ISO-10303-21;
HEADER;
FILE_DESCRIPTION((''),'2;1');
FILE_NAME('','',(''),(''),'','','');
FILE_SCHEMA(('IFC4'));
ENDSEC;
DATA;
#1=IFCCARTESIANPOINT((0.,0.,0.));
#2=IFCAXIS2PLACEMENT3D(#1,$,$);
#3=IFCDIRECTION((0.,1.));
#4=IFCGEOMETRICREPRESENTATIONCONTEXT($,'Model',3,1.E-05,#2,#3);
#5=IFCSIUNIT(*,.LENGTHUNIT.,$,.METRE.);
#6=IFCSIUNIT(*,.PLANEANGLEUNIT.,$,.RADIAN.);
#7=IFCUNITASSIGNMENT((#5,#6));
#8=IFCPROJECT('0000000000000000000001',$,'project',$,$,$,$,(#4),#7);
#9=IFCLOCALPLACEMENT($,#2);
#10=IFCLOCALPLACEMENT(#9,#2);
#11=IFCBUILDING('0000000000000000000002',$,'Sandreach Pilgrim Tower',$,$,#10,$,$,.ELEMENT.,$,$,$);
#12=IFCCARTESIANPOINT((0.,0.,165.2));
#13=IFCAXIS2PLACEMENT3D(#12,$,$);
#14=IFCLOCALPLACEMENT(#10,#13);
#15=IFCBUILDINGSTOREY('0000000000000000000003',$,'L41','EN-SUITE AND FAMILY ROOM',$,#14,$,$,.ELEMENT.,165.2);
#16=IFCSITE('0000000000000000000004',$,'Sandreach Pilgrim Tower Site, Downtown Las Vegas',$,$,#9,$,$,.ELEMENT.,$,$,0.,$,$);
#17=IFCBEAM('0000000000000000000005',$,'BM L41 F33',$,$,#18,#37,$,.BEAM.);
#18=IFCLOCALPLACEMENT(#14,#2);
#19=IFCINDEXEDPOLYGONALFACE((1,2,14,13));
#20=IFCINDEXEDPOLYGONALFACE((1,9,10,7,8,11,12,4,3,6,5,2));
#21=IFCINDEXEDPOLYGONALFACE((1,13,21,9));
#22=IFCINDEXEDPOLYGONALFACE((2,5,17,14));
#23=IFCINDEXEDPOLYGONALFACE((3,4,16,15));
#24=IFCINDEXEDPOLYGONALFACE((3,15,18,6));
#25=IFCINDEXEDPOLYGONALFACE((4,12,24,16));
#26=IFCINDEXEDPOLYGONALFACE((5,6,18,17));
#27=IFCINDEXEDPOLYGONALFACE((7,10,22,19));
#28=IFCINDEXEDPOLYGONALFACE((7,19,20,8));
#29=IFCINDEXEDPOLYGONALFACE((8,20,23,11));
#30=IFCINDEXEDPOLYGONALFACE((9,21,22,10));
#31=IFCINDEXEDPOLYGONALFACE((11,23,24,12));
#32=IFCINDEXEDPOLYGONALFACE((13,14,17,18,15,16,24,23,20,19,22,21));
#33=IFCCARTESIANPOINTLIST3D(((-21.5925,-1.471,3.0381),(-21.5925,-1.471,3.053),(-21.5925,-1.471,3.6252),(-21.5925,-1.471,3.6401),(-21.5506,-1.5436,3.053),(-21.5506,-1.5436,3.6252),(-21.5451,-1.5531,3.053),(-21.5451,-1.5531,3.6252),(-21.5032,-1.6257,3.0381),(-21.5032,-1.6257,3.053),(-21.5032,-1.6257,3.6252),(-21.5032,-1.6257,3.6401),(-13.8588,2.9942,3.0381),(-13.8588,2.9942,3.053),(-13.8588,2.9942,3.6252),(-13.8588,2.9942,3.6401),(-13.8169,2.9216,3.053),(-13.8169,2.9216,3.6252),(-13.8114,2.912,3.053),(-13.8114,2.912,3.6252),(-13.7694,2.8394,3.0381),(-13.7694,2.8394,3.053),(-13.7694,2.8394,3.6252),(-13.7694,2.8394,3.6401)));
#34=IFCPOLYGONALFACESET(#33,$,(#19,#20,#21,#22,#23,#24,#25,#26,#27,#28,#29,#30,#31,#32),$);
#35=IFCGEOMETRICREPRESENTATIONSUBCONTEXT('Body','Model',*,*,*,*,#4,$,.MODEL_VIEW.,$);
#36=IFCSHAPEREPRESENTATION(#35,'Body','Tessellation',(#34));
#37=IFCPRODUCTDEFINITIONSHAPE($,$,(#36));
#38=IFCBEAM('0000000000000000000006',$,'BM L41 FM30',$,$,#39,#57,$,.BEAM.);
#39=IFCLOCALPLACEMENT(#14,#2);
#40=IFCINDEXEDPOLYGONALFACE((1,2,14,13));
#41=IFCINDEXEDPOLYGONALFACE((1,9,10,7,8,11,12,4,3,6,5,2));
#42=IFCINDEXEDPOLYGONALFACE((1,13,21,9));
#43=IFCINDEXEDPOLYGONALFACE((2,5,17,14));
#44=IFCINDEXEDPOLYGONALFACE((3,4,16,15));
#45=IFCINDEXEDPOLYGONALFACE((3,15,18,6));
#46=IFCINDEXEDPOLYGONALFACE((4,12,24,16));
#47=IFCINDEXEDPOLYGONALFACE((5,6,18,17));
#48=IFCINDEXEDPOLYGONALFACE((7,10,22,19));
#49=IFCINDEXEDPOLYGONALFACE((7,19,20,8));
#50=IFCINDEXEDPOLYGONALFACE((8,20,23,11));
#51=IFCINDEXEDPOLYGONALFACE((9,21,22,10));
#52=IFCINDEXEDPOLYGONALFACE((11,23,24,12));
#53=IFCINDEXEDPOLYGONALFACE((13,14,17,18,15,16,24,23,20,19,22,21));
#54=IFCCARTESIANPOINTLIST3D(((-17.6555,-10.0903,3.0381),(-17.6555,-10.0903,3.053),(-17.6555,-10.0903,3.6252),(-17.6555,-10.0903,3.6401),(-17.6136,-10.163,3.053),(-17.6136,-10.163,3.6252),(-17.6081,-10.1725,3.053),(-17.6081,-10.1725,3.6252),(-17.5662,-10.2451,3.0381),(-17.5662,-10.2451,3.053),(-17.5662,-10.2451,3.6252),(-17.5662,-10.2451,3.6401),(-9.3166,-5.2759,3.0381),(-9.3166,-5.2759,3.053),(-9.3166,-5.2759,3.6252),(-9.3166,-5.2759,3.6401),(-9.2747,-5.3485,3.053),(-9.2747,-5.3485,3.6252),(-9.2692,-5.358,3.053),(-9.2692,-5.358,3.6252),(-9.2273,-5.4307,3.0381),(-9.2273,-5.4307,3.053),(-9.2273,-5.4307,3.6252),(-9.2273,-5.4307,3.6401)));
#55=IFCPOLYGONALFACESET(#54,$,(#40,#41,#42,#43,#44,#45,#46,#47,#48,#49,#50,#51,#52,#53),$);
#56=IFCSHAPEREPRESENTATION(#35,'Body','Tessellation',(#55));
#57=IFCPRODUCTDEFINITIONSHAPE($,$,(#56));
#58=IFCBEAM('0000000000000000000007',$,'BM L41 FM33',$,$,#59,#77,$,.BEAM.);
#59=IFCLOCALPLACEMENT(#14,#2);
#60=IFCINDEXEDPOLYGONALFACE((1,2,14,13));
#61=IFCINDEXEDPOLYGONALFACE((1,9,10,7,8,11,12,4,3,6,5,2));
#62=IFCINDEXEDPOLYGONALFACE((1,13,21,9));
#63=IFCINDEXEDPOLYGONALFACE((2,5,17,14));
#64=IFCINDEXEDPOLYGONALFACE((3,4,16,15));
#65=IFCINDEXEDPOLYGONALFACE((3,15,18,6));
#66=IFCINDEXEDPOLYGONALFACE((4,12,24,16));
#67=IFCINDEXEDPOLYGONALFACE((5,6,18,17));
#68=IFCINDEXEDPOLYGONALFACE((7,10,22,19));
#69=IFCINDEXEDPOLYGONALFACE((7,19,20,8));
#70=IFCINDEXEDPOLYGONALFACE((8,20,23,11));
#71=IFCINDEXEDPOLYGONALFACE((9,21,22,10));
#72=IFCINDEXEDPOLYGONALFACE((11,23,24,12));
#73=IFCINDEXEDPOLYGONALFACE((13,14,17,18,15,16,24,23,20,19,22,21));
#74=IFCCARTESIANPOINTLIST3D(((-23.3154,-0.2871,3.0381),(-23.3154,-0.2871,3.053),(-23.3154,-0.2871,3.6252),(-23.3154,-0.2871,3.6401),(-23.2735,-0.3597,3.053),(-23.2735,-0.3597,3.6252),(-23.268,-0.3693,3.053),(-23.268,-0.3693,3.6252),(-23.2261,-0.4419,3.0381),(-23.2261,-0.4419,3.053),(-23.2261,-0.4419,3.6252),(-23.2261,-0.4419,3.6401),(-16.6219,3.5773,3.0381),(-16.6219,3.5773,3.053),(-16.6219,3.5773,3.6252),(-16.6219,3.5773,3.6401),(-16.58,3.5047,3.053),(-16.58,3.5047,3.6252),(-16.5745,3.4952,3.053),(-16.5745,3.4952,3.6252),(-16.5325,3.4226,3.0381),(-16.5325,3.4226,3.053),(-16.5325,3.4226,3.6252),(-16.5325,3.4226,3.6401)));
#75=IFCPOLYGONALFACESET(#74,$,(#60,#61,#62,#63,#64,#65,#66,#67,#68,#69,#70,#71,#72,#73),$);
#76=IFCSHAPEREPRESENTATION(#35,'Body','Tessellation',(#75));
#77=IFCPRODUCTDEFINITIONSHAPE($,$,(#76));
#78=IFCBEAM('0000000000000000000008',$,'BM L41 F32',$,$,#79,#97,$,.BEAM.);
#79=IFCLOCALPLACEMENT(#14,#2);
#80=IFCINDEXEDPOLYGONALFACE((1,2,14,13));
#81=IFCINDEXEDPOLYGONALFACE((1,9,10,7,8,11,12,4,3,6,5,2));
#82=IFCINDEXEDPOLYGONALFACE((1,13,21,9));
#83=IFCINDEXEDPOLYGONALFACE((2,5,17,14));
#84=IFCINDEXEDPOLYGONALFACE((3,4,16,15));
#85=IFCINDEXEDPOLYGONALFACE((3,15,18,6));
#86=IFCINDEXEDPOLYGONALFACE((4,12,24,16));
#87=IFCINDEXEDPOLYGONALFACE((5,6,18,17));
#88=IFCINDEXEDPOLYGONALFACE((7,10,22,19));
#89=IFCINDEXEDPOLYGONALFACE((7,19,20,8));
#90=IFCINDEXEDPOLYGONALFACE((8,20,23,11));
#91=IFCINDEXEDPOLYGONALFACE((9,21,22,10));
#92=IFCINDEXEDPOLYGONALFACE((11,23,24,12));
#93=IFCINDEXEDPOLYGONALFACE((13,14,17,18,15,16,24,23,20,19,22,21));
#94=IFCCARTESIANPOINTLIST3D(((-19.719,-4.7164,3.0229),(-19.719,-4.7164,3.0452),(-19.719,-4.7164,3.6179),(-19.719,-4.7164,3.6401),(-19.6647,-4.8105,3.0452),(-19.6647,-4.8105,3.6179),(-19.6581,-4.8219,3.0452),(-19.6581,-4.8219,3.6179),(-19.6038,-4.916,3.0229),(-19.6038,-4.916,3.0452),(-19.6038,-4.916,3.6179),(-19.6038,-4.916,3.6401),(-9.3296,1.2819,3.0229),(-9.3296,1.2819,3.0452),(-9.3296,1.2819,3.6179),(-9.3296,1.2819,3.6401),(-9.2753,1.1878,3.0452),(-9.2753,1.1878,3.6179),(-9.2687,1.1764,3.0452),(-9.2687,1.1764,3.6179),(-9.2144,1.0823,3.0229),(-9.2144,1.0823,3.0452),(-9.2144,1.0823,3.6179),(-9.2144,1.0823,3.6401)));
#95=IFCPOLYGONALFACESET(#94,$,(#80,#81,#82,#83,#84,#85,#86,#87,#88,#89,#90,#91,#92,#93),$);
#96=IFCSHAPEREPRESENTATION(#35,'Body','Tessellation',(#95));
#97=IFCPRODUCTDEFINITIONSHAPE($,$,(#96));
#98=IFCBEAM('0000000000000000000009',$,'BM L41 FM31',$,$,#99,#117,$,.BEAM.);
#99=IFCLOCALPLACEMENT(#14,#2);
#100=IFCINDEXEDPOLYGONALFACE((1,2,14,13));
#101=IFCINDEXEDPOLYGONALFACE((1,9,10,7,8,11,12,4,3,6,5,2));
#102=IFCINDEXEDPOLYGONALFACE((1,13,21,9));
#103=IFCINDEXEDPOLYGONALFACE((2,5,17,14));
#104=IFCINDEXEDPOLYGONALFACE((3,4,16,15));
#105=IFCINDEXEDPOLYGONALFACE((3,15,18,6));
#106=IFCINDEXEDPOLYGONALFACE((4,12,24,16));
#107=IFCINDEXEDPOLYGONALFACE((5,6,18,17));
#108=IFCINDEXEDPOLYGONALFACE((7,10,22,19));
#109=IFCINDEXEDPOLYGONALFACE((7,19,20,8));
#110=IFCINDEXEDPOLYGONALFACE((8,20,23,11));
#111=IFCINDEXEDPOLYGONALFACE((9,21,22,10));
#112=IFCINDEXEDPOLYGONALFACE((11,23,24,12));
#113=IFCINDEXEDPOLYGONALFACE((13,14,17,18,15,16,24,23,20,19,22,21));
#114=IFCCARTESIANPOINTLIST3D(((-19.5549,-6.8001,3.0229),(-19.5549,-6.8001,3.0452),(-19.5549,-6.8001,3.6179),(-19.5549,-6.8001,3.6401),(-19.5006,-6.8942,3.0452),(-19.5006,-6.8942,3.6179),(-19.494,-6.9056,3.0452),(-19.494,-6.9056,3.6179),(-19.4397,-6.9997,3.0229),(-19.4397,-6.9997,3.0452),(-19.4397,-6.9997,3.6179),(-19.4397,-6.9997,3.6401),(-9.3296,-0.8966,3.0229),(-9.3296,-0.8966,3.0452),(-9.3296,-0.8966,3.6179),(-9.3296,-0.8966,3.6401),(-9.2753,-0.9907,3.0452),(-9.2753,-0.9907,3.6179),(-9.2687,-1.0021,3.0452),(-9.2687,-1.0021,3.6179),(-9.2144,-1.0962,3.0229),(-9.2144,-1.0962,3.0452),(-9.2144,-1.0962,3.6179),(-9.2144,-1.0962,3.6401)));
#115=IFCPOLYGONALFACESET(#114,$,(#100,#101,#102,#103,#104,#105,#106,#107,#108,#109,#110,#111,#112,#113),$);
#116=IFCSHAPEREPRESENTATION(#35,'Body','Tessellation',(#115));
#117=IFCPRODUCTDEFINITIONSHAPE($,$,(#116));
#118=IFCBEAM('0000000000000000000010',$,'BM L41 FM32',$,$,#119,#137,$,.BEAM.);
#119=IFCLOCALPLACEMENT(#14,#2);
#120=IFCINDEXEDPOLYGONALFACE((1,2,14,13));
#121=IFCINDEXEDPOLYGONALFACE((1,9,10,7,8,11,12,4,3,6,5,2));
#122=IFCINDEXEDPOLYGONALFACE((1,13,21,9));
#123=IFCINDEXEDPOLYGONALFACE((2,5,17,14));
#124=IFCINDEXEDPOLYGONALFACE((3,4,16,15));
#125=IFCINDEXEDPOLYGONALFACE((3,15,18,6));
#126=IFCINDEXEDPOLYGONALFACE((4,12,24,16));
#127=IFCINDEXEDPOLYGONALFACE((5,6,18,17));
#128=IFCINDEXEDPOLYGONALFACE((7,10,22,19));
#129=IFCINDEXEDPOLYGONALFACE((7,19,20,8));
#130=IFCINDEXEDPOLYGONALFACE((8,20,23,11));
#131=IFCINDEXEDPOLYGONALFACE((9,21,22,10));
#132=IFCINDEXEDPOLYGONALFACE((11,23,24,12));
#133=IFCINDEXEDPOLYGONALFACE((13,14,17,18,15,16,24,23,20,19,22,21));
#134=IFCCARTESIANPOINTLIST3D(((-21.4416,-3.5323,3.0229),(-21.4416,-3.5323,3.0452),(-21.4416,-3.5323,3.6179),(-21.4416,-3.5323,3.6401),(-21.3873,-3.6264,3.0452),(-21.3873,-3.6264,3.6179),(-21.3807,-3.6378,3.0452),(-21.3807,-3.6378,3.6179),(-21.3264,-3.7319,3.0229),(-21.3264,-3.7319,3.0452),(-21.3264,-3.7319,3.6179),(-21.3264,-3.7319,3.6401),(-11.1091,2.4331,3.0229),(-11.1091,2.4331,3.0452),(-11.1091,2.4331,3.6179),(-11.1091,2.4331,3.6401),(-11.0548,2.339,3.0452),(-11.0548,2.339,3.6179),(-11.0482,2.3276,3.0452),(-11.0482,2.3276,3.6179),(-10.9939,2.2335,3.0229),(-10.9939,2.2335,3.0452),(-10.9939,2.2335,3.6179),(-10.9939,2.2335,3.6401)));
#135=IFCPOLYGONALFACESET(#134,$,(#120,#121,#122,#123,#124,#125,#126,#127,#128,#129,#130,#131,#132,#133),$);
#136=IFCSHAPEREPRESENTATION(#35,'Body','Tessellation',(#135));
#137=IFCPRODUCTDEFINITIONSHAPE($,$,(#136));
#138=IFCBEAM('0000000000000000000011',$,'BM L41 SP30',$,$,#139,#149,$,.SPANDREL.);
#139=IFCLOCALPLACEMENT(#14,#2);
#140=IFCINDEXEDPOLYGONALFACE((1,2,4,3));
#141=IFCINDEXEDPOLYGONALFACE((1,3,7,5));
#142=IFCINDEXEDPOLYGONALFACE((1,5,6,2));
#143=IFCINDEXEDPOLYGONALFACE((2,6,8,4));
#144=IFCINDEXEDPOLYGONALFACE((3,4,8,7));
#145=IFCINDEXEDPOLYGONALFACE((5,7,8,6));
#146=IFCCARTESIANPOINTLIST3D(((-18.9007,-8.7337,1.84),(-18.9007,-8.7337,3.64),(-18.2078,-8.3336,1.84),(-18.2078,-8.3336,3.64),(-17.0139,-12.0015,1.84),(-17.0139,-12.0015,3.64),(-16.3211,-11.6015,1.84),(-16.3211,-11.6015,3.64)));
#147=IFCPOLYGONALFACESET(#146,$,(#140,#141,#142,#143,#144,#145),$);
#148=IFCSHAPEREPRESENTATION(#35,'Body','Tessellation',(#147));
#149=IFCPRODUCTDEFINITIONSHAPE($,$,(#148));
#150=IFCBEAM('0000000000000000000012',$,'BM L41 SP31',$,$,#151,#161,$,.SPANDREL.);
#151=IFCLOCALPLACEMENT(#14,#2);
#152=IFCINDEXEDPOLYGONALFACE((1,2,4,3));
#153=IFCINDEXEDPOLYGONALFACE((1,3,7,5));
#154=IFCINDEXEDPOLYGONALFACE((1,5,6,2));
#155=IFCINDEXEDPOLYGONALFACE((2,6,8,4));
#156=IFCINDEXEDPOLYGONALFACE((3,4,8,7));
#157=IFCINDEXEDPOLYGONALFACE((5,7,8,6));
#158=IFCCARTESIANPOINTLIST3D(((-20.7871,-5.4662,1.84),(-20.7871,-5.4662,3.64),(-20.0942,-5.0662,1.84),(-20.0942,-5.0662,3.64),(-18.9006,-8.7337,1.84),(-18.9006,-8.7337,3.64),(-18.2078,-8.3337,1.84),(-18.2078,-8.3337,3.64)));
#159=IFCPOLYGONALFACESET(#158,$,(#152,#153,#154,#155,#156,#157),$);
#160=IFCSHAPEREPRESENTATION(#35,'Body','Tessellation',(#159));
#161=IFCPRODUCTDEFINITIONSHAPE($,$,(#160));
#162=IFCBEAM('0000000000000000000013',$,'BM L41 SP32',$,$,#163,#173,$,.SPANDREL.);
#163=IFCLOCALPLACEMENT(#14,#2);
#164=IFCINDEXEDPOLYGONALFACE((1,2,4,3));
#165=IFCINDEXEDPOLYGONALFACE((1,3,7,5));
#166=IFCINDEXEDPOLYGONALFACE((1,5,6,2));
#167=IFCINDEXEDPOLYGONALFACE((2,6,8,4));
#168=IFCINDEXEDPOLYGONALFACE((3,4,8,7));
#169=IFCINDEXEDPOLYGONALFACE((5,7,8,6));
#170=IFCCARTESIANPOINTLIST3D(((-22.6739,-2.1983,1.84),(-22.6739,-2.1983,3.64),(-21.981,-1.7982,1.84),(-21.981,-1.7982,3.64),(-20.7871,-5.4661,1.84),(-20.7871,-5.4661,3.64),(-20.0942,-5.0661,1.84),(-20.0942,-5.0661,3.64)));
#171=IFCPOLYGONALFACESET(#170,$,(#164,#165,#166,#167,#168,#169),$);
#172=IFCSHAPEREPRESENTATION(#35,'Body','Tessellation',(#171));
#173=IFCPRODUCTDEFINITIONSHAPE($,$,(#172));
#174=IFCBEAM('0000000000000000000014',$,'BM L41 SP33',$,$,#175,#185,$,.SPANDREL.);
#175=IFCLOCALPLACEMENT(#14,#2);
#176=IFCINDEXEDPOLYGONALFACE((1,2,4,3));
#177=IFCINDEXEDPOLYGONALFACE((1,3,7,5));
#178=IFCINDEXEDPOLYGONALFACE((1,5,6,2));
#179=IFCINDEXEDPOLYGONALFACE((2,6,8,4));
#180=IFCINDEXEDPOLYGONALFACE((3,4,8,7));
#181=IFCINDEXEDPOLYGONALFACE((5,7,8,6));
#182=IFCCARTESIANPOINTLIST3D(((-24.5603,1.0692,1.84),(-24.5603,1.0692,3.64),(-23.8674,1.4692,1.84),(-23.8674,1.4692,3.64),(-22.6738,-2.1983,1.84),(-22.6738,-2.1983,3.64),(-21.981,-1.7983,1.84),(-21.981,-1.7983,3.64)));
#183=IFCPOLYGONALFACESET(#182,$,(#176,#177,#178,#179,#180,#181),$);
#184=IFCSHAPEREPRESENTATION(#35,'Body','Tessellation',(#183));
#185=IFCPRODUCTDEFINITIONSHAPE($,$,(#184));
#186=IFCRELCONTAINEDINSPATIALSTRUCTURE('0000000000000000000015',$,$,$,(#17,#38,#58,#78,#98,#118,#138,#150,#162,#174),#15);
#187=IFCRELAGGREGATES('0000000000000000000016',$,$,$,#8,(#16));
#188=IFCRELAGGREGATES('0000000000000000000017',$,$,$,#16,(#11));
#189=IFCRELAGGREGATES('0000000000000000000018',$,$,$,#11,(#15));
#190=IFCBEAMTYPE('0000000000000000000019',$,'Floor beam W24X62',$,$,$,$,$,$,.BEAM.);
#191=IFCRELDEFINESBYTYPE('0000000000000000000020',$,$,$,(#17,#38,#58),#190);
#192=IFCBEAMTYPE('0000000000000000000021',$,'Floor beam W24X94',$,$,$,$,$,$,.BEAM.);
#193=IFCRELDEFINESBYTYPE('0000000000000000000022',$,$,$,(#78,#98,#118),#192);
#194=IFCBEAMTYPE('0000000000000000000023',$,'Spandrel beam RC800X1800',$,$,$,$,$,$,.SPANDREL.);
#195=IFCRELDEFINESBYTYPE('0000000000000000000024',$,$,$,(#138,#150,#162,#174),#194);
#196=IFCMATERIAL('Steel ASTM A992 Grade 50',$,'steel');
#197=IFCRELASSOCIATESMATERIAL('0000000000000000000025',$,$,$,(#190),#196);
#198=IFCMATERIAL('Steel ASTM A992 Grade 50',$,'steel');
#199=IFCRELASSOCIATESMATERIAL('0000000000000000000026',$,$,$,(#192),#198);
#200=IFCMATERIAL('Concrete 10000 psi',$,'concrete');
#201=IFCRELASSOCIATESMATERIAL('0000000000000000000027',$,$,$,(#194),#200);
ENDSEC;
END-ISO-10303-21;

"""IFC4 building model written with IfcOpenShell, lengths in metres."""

from ifc_helpers import new_model, si_unit, direction, frame, origin, origin_2d, place, context, subcontext, project, spatial, rectangle, i_section, extrude, material, material_profile, profile_set, type_object, element, save


model = new_model("IFC4")

# Units and contexts
model_context = context("Model", 3, precision=1e-05, world=origin(), true_north=direction((0.0, 1.0)))
body_context = subcontext(model_context, "Body", "Model", "MODEL_VIEW")
ifc_project = project(units=[si_unit("LENGTHUNIT", "METRE"), si_unit("PLANEANGLEUNIT", "RADIAN")], contexts=[model_context])

# Site, building, storey
site_placement = place(None, origin())
site = spatial("IfcSite", under=ifc_project, at=site_placement, Name="Sandreach Pilgrim Tower Site, Downtown Las Vegas", CompositionType="ELEMENT", RefElevation=0.0)
building_placement = place(site_placement, origin())
building = spatial("IfcBuilding", under=site, at=building_placement, Name="Sandreach Pilgrim Tower", CompositionType="ELEMENT")
storey_placement = place(building_placement, frame((0.0, 0.0, 165.2)))
storey = spatial("IfcBuildingStorey", under=building, at=storey_placement, Name="L41", Description="EN-SUITE AND FAMILY ROOM", CompositionType="ELEMENT", Elevation=165.2)

# Beams
ifc_material_1 = material(Name="Steel ASTM A992 Grade 50", Category="steel")
ifc_material_profile_1 = material_profile(ifc_material_1, i_section(OverallWidth=0.1787, OverallDepth=0.6021, WebThickness=0.011, FlangeThickness=0.0149, at=origin_2d()), Name="W24X62")
ifc_profile_set_1 = profile_set([ifc_material_profile_1], Name="Steel ASTM A992 Grade 50")
beam_type_1 = type_object("IfcBeamType", Name="Floor beam W24X62", PredefinedType="BEAM", material=ifc_profile_set_1)
beam_1_placement = place(storey_placement, frame((-21.5479, -1.5483, 3.3391), z_axis=(0.866022, 0.500006, 0.0), x_axis=(-0.500006, 0.866022, 0.0)))
element("IfcBeam", 1, at=beam_1_placement, inside=storey, type_object=beam_type_1, Name="BM L41 F33", PredefinedType="BEAM", context=body_context, shape_type="SweptSolid", body=[
    extrude(i_section(OverallWidth=0.1787, OverallDepth=0.6021, WebThickness=0.011, FlangeThickness=0.0149, at=origin_2d()), origin(), (0.0, 0.0, 1.0), 8.9302),
])
beam_2_placement = place(storey_placement, frame((-17.6108, -10.1677, 3.3391), z_axis=(0.866025, 0.5, 0.0), x_axis=(-0.5, 0.866025, 0.0)))
element("IfcBeam", 2, at=beam_2_placement, inside=storey, type_object=beam_type_1, Name="BM L41 FM30", PredefinedType="BEAM", context=body_context, shape_type="SweptSolid", body=[
    extrude(i_section(OverallWidth=0.1787, OverallDepth=0.6021, WebThickness=0.011, FlangeThickness=0.0149, at=origin_2d()), origin(), (0.0, 0.0, 1.0), 9.6289),
])
beam_3_placement = place(storey_placement, frame((-23.2708, -0.3645, 3.3391), z_axis=(0.866028, 0.499995, 0.0), x_axis=(-0.499995, 0.866028, 0.0)))
element("IfcBeam", 3, at=beam_3_placement, inside=storey, type_object=beam_type_1, Name="BM L41 FM33", PredefinedType="BEAM", context=body_context, shape_type="SweptSolid", body=[
    extrude(i_section(OverallWidth=0.1787, OverallDepth=0.6021, WebThickness=0.011, FlangeThickness=0.0149, at=origin_2d()), origin(), (0.0, 0.0, 1.0), 7.729),
])
ifc_material_2 = material(Name="Steel ASTM A992 Grade 50", Category="steel")
ifc_material_profile_2 = material_profile(ifc_material_2, i_section(OverallWidth=0.2305, OverallDepth=0.6172, WebThickness=0.0132, FlangeThickness=0.0222, at=origin_2d()), Name="W24X94")
ifc_profile_set_2 = profile_set([ifc_material_profile_2], Name="Steel ASTM A992 Grade 50")
beam_type_2 = type_object("IfcBeamType", Name="Floor beam W24X94", PredefinedType="BEAM", material=ifc_profile_set_2)
beam_4_placement = place(storey_placement, frame((-19.6614, -4.8162, 3.3315), z_axis=(0.866027, 0.499998, 0.0), x_axis=(-0.499998, 0.866027, 0.0)))
element("IfcBeam", 4, at=beam_4_placement, inside=storey, type_object=beam_type_2, Name="BM L41 F32", PredefinedType="BEAM", context=body_context, shape_type="SweptSolid", body=[
    extrude(i_section(OverallWidth=0.2305, OverallDepth=0.6172, WebThickness=0.0132, FlangeThickness=0.0222, at=origin_2d()), origin(), (0.0, 0.0, 1.0), 11.9966),
])
beam_5_placement = place(storey_placement, frame((-19.4973, -6.8999, 3.3315), z_axis=(0.866027, 0.499997, 0.0), x_axis=(-0.499997, 0.866027, 0.0)))
element("IfcBeam", 5, at=beam_5_placement, inside=storey, type_object=beam_type_2, Name="BM L41 FM31", PredefinedType="BEAM", context=body_context, shape_type="SweptSolid", body=[
    extrude(i_section(OverallWidth=0.2305, OverallDepth=0.6172, WebThickness=0.0132, FlangeThickness=0.0222, at=origin_2d()), origin(), (0.0, 0.0, 1.0), 11.8071),
])
beam_6_placement = place(storey_placement, frame((-21.384, -3.6321, 3.3315), z_axis=(0.866031, 0.499991, 0.0), x_axis=(-0.499991, 0.866031, 0.0)))
element("IfcBeam", 6, at=beam_6_placement, inside=storey, type_object=beam_type_2, Name="BM L41 FM32", PredefinedType="BEAM", context=body_context, shape_type="SweptSolid", body=[
    extrude(i_section(OverallWidth=0.2305, OverallDepth=0.6172, WebThickness=0.0132, FlangeThickness=0.0222, at=origin_2d()), origin(), (0.0, 0.0, 1.0), 11.9309),
])
ifc_material_3 = material(Name="Concrete 10000 psi", Category="concrete")
ifc_material_profile_3 = material_profile(ifc_material_3, rectangle(XDim=0.8, YDim=1.8, at=origin_2d()), Name="RC800X1800")
ifc_profile_set_3 = profile_set([ifc_material_profile_3], Name="Concrete 10000 psi")
beam_type_3 = type_object("IfcBeamType", Name="Spandrel beam RC800X1800", PredefinedType="SPANDREL", material=ifc_profile_set_3)
beam_7_placement = place(storey_placement, frame((-16.6675, -11.8015, 2.74), z_axis=(-0.500008, 0.866021, 0.0), x_axis=(-0.866021, -0.500008, 0.0)))
element("IfcBeam", 7, at=beam_7_placement, inside=storey, type_object=beam_type_3, Name="BM L41 SP30", PredefinedType="SPANDREL", context=body_context, shape_type="SweptSolid", body=[
    extrude(rectangle(XDim=0.8, YDim=1.8, at=origin_2d()), origin(), (0.0, 0.0, 1.0), 3.7734),
])
beam_8_placement = place(storey_placement, frame((-18.5542, -8.5337, 2.74), z_axis=(-0.499988, 0.866033, 0.0), x_axis=(-0.866033, -0.499988, 0.0)))
element("IfcBeam", 8, at=beam_8_placement, inside=storey, type_object=beam_type_3, Name="BM L41 SP31", PredefinedType="SPANDREL", context=body_context, shape_type="SweptSolid", body=[
    extrude(rectangle(XDim=0.8, YDim=1.8, at=origin_2d()), origin(), (0.0, 0.0, 1.0), 3.7729),
])
beam_9_placement = place(storey_placement, frame((-20.4407, -5.2661, 2.74), z_axis=(-0.500008, 0.866021, 0.0), x_axis=(-0.866021, -0.500008, 0.0)))
element("IfcBeam", 9, at=beam_9_placement, inside=storey, type_object=beam_type_3, Name="BM L41 SP32", PredefinedType="SPANDREL", context=body_context, shape_type="SweptSolid", body=[
    extrude(rectangle(XDim=0.8, YDim=1.8, at=origin_2d()), origin(), (0.0, 0.0, 1.0), 3.7734),
])
beam_10_placement = place(storey_placement, frame((-22.3274, -1.9983, 2.74), z_axis=(-0.499988, 0.866033, 0.0), x_axis=(-0.866033, -0.499988, 0.0)))
element("IfcBeam", 10, at=beam_10_placement, inside=storey, type_object=beam_type_3, Name="BM L41 SP33", PredefinedType="SPANDREL", context=body_context, shape_type="SweptSolid", body=[
    extrude(rectangle(XDim=0.8, YDim=1.8, at=origin_2d()), origin(), (0.0, 0.0, 1.0), 3.7729),
])

save(model, "model.ifc")
